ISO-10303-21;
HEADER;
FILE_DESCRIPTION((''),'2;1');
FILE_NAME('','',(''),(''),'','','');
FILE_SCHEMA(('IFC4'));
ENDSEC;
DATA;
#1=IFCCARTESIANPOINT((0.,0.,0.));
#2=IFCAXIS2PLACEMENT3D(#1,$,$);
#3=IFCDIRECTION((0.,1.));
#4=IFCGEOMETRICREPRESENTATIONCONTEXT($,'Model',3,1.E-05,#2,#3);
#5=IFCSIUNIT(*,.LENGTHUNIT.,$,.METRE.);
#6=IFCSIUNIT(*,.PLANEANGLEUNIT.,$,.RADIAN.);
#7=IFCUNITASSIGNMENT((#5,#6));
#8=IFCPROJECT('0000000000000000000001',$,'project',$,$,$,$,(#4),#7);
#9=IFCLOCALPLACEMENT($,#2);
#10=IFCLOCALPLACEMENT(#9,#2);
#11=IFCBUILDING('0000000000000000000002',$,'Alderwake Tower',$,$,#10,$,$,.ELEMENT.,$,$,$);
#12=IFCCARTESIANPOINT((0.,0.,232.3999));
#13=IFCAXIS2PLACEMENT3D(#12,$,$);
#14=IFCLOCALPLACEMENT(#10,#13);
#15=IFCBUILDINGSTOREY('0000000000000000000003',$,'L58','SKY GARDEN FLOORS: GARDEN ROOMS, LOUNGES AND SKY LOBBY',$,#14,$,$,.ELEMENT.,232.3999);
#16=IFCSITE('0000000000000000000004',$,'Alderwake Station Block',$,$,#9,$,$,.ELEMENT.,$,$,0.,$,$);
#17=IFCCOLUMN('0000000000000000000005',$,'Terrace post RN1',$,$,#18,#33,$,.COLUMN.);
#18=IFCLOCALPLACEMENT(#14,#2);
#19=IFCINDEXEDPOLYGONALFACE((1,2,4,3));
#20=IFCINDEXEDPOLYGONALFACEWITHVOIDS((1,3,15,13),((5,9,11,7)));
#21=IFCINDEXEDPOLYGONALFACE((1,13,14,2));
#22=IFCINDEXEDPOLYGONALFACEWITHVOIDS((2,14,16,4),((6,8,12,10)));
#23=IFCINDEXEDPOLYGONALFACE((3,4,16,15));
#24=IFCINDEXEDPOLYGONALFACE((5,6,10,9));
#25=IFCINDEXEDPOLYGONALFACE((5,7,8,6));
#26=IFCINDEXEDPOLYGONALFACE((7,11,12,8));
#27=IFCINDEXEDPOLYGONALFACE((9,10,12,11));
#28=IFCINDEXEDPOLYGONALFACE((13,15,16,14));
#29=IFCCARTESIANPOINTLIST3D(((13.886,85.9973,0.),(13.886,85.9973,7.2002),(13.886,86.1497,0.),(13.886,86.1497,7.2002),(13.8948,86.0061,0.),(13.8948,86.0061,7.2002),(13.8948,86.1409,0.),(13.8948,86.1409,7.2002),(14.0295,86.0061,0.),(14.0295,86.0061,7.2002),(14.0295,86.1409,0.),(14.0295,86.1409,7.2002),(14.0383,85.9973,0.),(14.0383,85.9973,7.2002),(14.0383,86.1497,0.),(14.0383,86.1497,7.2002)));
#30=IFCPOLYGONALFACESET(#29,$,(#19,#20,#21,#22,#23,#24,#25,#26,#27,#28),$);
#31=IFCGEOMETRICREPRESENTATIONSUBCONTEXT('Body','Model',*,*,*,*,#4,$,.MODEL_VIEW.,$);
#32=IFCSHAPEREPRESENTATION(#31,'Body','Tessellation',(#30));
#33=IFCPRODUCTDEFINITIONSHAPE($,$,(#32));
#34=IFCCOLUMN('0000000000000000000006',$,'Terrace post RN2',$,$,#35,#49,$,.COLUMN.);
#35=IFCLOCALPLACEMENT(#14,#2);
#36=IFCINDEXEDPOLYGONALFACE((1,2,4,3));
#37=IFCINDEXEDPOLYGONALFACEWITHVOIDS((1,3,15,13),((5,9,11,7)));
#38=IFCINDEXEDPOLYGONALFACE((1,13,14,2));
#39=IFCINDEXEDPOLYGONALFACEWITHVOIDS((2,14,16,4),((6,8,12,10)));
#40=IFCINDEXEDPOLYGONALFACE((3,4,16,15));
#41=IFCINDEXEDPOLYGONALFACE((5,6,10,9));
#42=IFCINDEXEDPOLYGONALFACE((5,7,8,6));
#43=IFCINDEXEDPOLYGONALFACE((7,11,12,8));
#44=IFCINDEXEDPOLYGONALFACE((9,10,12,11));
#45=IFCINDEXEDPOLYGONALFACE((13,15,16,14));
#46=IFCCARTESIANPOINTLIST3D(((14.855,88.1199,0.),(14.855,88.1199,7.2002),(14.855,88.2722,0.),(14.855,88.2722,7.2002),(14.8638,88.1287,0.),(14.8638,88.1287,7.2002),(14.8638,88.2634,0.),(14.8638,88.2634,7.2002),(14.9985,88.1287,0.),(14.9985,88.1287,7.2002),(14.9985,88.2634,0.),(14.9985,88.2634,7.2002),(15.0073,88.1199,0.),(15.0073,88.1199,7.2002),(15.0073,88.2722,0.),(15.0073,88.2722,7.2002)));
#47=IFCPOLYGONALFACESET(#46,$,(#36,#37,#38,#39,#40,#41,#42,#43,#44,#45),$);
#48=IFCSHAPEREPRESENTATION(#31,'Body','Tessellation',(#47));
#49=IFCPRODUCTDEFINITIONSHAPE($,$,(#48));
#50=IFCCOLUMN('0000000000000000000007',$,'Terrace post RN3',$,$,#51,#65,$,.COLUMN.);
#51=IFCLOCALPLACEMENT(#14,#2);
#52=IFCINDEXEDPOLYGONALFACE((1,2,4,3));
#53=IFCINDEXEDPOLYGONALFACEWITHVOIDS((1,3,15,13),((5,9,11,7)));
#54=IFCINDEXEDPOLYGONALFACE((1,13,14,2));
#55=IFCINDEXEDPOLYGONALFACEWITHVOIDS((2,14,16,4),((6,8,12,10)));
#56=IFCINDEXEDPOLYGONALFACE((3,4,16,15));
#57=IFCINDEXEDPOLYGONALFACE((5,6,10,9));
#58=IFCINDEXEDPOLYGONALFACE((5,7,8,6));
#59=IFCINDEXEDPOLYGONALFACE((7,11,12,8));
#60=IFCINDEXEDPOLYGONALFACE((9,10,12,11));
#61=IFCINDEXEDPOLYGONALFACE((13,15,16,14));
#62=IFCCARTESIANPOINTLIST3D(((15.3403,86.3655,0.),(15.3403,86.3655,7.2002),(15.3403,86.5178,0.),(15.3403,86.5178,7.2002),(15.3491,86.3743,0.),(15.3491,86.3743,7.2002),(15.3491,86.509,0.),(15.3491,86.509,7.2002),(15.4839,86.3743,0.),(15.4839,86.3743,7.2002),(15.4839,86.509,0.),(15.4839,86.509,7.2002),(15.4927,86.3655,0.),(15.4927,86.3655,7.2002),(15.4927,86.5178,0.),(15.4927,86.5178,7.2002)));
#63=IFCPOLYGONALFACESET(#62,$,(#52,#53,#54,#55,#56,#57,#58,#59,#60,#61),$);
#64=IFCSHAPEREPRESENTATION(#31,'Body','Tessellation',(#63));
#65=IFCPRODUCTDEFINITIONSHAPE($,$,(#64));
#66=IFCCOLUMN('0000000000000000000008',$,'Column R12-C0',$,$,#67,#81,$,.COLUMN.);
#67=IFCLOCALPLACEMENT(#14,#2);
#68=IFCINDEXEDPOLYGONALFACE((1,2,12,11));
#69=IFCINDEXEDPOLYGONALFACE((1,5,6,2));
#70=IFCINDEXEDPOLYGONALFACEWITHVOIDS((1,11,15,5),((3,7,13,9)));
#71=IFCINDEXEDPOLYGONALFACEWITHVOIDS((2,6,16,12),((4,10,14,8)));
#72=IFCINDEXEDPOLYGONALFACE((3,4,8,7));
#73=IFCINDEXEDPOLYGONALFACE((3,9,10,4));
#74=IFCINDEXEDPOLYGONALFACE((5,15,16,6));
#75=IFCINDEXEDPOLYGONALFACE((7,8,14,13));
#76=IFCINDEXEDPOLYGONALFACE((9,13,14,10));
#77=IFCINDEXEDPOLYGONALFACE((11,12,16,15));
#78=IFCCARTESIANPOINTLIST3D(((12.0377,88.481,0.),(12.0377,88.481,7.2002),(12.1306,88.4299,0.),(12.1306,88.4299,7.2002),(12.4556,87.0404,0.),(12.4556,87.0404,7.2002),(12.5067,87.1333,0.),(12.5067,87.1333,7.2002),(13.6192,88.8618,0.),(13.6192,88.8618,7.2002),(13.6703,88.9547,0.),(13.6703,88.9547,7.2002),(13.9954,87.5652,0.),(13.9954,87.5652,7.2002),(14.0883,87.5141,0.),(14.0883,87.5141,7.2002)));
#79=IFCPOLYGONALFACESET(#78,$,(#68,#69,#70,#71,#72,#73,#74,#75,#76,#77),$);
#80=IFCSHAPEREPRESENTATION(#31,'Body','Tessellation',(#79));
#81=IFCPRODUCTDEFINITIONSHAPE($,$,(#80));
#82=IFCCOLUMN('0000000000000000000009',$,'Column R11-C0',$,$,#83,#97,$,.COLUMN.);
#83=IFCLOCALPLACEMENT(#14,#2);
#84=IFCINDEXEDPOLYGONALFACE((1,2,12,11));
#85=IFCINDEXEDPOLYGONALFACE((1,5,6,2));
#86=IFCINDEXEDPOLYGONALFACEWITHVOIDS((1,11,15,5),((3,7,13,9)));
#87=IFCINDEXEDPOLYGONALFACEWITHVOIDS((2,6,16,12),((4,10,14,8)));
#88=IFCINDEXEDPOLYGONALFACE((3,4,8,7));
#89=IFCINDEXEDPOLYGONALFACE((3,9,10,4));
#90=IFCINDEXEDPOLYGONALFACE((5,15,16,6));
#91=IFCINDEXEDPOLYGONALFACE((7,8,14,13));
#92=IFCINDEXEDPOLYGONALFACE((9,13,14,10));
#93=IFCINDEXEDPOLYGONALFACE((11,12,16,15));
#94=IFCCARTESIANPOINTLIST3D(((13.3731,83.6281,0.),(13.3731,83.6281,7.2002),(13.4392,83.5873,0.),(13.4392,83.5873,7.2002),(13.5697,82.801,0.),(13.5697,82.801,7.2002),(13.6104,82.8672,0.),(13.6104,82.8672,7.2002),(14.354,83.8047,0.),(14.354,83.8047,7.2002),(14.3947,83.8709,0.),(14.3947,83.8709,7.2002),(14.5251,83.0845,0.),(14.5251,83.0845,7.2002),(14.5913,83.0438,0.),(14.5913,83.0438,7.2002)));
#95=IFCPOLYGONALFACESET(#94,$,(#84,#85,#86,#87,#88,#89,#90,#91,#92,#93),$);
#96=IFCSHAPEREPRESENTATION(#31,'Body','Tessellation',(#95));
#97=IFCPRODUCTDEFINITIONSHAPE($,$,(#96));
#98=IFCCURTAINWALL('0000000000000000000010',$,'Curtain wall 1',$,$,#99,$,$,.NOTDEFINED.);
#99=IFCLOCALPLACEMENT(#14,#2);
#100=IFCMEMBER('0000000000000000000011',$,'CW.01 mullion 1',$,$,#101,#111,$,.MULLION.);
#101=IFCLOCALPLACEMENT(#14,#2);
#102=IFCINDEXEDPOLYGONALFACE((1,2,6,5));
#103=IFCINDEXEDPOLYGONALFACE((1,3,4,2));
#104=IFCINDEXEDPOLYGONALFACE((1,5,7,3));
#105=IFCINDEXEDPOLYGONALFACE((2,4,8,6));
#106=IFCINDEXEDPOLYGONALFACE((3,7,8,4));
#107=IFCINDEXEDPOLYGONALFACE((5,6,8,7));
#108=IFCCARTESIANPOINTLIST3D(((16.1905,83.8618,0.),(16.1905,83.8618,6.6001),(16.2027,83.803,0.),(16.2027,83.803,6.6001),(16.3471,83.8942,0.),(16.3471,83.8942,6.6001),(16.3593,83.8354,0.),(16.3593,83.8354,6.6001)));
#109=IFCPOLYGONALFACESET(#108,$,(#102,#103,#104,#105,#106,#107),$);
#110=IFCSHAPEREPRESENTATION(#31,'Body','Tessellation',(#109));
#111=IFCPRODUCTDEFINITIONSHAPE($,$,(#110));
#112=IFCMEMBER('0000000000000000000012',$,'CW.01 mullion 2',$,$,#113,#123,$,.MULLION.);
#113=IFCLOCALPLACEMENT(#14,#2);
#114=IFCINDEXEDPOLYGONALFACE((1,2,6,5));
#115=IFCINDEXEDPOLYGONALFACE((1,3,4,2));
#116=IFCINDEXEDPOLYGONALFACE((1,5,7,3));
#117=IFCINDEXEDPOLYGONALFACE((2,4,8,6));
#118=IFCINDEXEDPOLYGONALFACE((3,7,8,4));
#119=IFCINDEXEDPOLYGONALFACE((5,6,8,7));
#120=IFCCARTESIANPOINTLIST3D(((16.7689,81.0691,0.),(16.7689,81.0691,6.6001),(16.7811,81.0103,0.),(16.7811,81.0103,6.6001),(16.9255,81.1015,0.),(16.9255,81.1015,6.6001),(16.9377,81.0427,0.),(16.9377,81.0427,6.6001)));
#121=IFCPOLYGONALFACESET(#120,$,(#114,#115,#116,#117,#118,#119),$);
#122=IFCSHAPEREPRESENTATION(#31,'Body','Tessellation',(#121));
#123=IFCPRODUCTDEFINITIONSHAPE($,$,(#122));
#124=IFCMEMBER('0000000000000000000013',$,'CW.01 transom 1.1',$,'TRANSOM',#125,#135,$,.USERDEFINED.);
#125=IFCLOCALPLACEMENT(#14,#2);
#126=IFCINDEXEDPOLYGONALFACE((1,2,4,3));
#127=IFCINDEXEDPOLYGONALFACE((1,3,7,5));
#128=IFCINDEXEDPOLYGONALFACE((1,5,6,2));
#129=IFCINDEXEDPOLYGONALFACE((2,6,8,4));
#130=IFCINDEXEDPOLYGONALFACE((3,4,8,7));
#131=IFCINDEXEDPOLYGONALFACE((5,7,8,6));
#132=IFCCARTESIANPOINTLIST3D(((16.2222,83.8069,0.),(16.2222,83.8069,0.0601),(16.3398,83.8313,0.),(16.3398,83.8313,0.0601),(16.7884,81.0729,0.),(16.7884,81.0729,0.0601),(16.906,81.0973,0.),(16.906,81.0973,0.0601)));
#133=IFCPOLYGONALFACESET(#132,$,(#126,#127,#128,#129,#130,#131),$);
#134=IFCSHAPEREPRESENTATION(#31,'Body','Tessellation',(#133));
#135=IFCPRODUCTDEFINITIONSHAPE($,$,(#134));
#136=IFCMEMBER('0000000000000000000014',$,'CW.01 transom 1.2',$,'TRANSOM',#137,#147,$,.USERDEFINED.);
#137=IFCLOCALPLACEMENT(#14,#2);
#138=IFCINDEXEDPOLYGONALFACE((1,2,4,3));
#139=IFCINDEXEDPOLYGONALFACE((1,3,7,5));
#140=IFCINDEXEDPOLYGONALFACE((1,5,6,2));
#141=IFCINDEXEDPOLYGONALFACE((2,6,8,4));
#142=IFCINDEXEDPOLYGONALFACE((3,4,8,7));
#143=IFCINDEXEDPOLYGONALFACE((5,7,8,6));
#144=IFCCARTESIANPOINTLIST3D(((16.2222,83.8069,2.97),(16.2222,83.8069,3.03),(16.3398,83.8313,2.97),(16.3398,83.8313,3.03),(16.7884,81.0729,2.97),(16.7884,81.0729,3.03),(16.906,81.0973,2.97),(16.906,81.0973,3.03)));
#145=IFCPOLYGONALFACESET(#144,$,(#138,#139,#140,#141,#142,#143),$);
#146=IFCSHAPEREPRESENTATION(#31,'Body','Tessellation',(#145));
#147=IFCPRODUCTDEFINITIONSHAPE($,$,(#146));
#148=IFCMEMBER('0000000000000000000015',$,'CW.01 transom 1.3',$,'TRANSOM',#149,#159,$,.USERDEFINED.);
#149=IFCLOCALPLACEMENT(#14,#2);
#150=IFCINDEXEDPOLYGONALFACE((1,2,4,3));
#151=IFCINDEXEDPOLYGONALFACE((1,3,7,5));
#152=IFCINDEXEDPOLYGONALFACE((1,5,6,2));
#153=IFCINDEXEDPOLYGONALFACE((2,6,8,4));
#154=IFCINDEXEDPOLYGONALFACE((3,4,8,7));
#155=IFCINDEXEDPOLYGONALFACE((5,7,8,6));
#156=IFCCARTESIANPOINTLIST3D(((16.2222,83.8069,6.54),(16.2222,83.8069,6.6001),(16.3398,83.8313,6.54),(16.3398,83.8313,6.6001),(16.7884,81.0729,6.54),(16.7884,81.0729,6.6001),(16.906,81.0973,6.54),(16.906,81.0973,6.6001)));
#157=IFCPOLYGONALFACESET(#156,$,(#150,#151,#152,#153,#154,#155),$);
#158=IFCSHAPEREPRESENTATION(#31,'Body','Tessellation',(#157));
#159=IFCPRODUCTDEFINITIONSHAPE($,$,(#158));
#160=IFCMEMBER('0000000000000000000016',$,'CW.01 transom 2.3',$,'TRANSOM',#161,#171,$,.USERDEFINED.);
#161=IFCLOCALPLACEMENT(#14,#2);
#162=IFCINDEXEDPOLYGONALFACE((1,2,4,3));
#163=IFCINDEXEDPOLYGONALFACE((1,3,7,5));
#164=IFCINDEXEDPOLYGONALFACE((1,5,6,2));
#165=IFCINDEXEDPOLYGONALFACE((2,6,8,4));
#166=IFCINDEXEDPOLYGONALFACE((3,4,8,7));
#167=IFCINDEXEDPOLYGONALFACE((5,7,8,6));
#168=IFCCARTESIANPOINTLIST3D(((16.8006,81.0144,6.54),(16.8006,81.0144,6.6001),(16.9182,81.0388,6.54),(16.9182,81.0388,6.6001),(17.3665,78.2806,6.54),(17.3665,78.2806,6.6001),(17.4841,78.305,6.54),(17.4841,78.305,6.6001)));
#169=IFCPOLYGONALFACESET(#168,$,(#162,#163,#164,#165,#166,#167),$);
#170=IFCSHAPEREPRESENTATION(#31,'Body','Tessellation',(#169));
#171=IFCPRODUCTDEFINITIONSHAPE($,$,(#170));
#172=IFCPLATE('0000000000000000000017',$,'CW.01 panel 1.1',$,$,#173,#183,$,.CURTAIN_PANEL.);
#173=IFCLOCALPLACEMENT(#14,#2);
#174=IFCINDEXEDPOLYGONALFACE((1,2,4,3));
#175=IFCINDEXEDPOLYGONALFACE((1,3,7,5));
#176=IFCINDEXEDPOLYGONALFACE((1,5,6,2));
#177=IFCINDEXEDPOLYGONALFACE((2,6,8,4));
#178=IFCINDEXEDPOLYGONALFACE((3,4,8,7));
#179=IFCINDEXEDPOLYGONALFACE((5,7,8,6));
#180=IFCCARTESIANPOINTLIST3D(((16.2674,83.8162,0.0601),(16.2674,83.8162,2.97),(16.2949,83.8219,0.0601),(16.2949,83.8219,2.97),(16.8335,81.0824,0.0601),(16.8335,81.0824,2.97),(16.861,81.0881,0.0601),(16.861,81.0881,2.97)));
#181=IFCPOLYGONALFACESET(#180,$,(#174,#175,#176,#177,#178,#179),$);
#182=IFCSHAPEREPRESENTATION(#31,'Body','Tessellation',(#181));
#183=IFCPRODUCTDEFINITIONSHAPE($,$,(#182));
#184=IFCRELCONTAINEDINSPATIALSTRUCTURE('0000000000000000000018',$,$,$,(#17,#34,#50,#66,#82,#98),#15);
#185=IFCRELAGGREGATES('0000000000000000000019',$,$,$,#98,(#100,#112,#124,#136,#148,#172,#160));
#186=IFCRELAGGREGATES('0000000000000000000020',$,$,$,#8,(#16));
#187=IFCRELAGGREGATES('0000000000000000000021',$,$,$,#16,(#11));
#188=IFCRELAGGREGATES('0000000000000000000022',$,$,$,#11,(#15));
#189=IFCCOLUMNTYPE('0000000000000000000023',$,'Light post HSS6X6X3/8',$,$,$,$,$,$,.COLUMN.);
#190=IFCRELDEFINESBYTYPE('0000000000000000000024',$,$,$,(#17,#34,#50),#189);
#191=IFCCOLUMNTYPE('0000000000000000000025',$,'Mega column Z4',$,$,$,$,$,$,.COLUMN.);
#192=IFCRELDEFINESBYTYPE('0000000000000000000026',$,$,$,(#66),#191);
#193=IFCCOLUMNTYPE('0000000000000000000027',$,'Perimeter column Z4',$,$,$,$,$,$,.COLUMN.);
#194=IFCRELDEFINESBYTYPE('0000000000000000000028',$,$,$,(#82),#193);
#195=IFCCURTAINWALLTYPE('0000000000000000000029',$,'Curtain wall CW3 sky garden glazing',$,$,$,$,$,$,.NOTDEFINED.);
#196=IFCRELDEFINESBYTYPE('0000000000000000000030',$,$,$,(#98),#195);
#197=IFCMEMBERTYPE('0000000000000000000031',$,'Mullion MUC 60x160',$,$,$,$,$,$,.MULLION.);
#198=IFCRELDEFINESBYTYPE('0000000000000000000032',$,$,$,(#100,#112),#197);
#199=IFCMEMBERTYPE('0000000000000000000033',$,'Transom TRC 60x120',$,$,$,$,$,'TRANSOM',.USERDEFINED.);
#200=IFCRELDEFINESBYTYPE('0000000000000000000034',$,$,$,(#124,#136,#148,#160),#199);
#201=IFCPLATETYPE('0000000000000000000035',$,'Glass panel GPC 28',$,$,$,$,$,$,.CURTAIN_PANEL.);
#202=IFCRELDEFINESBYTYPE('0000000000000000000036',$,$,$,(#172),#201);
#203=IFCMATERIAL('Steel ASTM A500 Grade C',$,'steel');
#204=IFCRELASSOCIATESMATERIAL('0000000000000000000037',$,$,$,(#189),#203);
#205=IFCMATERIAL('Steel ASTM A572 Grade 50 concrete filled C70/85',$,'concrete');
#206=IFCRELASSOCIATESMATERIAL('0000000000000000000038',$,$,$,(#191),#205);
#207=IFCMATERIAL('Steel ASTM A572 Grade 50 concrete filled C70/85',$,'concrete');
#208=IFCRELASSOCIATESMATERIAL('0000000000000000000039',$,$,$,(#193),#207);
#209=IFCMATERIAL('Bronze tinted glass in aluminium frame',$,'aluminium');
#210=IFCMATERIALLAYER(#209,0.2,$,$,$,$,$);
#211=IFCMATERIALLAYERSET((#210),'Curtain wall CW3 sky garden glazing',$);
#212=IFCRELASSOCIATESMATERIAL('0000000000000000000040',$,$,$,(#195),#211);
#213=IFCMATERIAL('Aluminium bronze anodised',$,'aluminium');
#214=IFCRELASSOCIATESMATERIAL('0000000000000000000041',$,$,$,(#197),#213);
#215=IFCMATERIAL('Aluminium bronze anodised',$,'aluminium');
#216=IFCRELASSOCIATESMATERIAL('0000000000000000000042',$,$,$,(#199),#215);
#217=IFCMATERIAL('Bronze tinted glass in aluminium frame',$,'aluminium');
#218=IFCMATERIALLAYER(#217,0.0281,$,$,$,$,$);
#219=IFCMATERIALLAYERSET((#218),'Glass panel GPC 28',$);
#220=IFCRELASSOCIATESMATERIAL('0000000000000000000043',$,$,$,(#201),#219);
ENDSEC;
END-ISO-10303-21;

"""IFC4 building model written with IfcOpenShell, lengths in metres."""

from ifc_helpers import new_model, si_unit, direction, frame, origin, origin_2d, place, context, subcontext, project, spatial, rectangle, hollow_rectangle, extrude, material, layer, layer_set, material_profile, profile_set, type_object, element, aggregate, save


model = new_model("IFC4")

# Units and contexts
model_context = context("Model", 3, precision=1e-05, world=origin(), true_north=direction((0.0, 1.0)))
body_context = subcontext(model_context, "Body", "Model", "MODEL_VIEW")
ifc_project = project(units=[si_unit("LENGTHUNIT", "METRE"), si_unit("PLANEANGLEUNIT", "RADIAN")], contexts=[model_context])

# Site, building, storey
site_placement = place(None, origin())
site = spatial("IfcSite", under=ifc_project, at=site_placement, Name="Alderwake Station Block", CompositionType="ELEMENT", RefElevation=0.0)
building_placement = place(site_placement, origin())
building = spatial("IfcBuilding", under=site, at=building_placement, Name="Alderwake Tower", CompositionType="ELEMENT")
storey_placement = place(building_placement, frame((0.0, 0.0, 232.3999)))
storey = spatial("IfcBuildingStorey", under=building, at=storey_placement, Name="L58", Description="SKY GARDEN FLOORS: GARDEN ROOMS, LOUNGES AND SKY LOBBY", CompositionType="ELEMENT", Elevation=232.3999)

# Columns
ifc_material_1 = material(Name="Steel ASTM A500 Grade C", Category="steel")
ifc_material_profile_1 = material_profile(ifc_material_1, hollow_rectangle(XDim=0.1523, YDim=0.1523, WallThickness=0.0088, at=origin_2d()), Name="HSS6X6X3/8")
ifc_profile_set_1 = profile_set([ifc_material_profile_1], Name="Steel ASTM A500 Grade C")
column_type_1 = type_object("IfcColumnType", Name="Light post HSS6X6X3/8", PredefinedType="COLUMN", material=ifc_profile_set_1)
for number, where, z_axis, x_axis, name in (
    (1, (13.9622, 86.0735, 0.0), (0.0, 0.0, 1.0), (1.0, 0.0, 0.0), "Terrace post RN1"),
    (2, (14.9312, 88.196, 0.0), (0.0, 0.0, 1.0), (1.0, 0.0, 0.0), "Terrace post RN2"),
    (3, (15.4165, 86.4417, 0.0), (0.0, 0.0, 1.0), (1.0, 0.0, 0.0), "Terrace post RN3"),
):
    element("IfcColumn", number, at=place(storey_placement, frame(where, z_axis=z_axis, x_axis=x_axis)), inside=storey, type_object=column_type_1, Name=name, PredefinedType="COLUMN", context=body_context, shape_type="SweptSolid", body=[
        extrude(hollow_rectangle(XDim=0.1523, YDim=0.1523, WallThickness=0.0088, at=origin_2d()), origin(), (0.0, 0.0, 1.0), 7.2002),
    ])
ifc_material_2 = material(Name="Steel ASTM A572 Grade 50 concrete filled C70/85", Category="concrete")
ifc_material_profile_2 = material_profile(ifc_material_2, hollow_rectangle(XDim=1.5, YDim=1.7, WallThickness=0.075, at=origin_2d()), Name="BOX 1700X1500X75")
ifc_profile_set_2 = profile_set([ifc_material_profile_2], Name="Steel ASTM A572 Grade 50 concrete filled C70/85")
column_type_2 = type_object("IfcColumnType", Name="Mega column Z4", PredefinedType="COLUMN", material=ifc_profile_set_2)
column_1_placement = place(storey_placement, frame((13.063, 87.9976, 0.0), z_axis=(0.0, 0.0, 1.0), x_axis=(-0.278612, 0.960404, 0.0)))
element("IfcColumn", 4, at=column_1_placement, inside=storey, type_object=column_type_2, Name="Column R12-C0", PredefinedType="COLUMN", context=body_context, shape_type="SweptSolid", body=[
    extrude(hollow_rectangle(XDim=1.5, YDim=1.7, WallThickness=0.075, at=origin_2d()), origin(), (0.0, 0.0, 1.0), 7.2002),
])
ifc_material_3 = material(Name="Steel ASTM A572 Grade 50 concrete filled C70/85", Category="concrete")
ifc_material_profile_3 = material_profile(ifc_material_3, hollow_rectangle(XDim=0.8501, YDim=1.05, WallThickness=0.0549, at=origin_2d()), Name="BOX 1050X850X55")
ifc_profile_set_3 = profile_set([ifc_material_profile_3], Name="Steel ASTM A572 Grade 50 concrete filled C70/85")
column_type_3 = type_object("IfcColumnType", Name="Perimeter column Z4", PredefinedType="COLUMN", material=ifc_profile_set_3)
column_2_placement = place(storey_placement, frame((13.9822, 83.3359, 0.0), z_axis=(0.0, 0.0, 1.0), x_axis=(-0.231222, 0.972901, 0.0)))
element("IfcColumn", 5, at=column_2_placement, inside=storey, type_object=column_type_3, Name="Column R11-C0", PredefinedType="COLUMN", context=body_context, shape_type="SweptSolid", body=[
    extrude(hollow_rectangle(XDim=0.8501, YDim=1.05, WallThickness=0.0549, at=origin_2d()), origin(), (0.0, 0.0, 1.0), 7.2002),
])

# Curtain wall, members, plate
ifc_material_4 = material(Name="Bronze tinted glass in aluminium frame", Category="aluminium")
ifc_layer_1 = layer(ifc_material_4, 0.2)
ifc_layer_set_1 = layer_set([ifc_layer_1], Name="Curtain wall CW3 sky garden glazing")
curtain_wall_type = type_object("IfcCurtainWallType", Name="Curtain wall CW3 sky garden glazing", PredefinedType="NOTDEFINED", material=ifc_layer_set_1)
curtain_wall_placement = place(storey_placement, origin())
curtain_wall = element("IfcCurtainWall", 6, at=curtain_wall_placement, inside=storey, type_object=curtain_wall_type, Name="Curtain wall 1", PredefinedType="NOTDEFINED")
ifc_material_5 = material(Name="Aluminium bronze anodised", Category="aluminium")
ifc_material_profile_4 = material_profile(ifc_material_5, rectangle(XDim=0.1599, YDim=0.0601, at=origin_2d()), Name="Mullion MUC 60x160")
ifc_profile_set_4 = profile_set([ifc_material_profile_4], Name="Aluminium bronze anodised")
member_type_1 = type_object("IfcMemberType", Name="Mullion MUC 60x160", PredefinedType="MULLION", material=ifc_profile_set_4)
member_1_placement = place(storey_placement, frame((16.2749, 83.8486, 0.0), z_axis=(0.0, 0.0, 1.0), x_axis=(0.97923, 0.202751, 0.0)))
member_1 = element("IfcMember", 7, at=member_1_placement, type_object=member_type_1, Name="CW.01 mullion 1", PredefinedType="MULLION", context=body_context, shape_type="SweptSolid", body=[
    extrude(rectangle(XDim=0.1599, YDim=0.0601, at=origin_2d()), origin(), (0.0, 0.0, 1.0), 6.6001),
])
member_2_placement = place(storey_placement, frame((16.8533, 81.0559, 0.0), z_axis=(0.0, 0.0, 1.0), x_axis=(0.97923, 0.202751, 0.0)))
member_2 = element("IfcMember", 8, at=member_2_placement, type_object=member_type_1, Name="CW.01 mullion 2", PredefinedType="MULLION", context=body_context, shape_type="SweptSolid", body=[
    extrude(rectangle(XDim=0.1599, YDim=0.0601, at=origin_2d()), origin(), (0.0, 0.0, 1.0), 6.6001),
])
ifc_material_6 = material(Name="Aluminium bronze anodised", Category="aluminium")
ifc_material_profile_5 = material_profile(ifc_material_6, rectangle(XDim=0.1201, YDim=0.0601, at=origin_2d()), Name="Transom TRC 60x120")
ifc_profile_set_5 = profile_set([ifc_material_profile_5], Name="Aluminium bronze anodised")
member_type_2 = type_object("IfcMemberType", Name="Transom TRC 60x120", ElementType="TRANSOM", PredefinedType="USERDEFINED", material=ifc_profile_set_5)
member_3_placement = place(storey_placement, frame((16.281, 83.8191, 0.03), z_axis=(0.202788, -0.979223, 0.0), x_axis=(0.979223, 0.202788, 0.0)))
member_3 = element("IfcMember", 9, at=member_3_placement, type_object=member_type_2, Name="CW.01 transom 1.1", ObjectType="TRANSOM", PredefinedType="USERDEFINED", context=body_context, shape_type="SweptSolid", body=[
    extrude(rectangle(XDim=0.1201, YDim=0.0601, at=origin_2d()), origin(), (0.0, 0.0, 1.0), 2.792),
])
member_4_placement = place(storey_placement, frame((16.281, 83.8191, 3.0), z_axis=(0.202788, -0.979223, 0.0), x_axis=(0.979223, 0.202788, 0.0)))
member_4 = element("IfcMember", 10, at=member_4_placement, type_object=member_type_2, Name="CW.01 transom 1.2", ObjectType="TRANSOM", PredefinedType="USERDEFINED", context=body_context, shape_type="SweptSolid", body=[
    extrude(rectangle(XDim=0.1201, YDim=0.0601, at=origin_2d()), origin(), (0.0, 0.0, 1.0), 2.792),
])
member_5_placement = place(storey_placement, frame((16.281, 83.8191, 6.5701), z_axis=(0.202788, -0.979223, 0.0), x_axis=(0.979223, 0.202788, 0.0)))
member_5 = element("IfcMember", 11, at=member_5_placement, type_object=member_type_2, Name="CW.01 transom 1.3", ObjectType="TRANSOM", PredefinedType="USERDEFINED", context=body_context, shape_type="SweptSolid", body=[
    extrude(rectangle(XDim=0.1201, YDim=0.0601, at=origin_2d()), origin(), (0.0, 0.0, 1.0), 2.792),
])
member_6_placement = place(storey_placement, frame((16.8594, 81.0266, 6.5701), z_axis=(0.202704, -0.97924, 0.0), x_axis=(0.97924, 0.202704, 0.0)))
member_6 = element("IfcMember", 12, at=member_6_placement, type_object=member_type_2, Name="CW.01 transom 2.3", ObjectType="TRANSOM", PredefinedType="USERDEFINED", context=body_context, shape_type="SweptSolid", body=[
    extrude(rectangle(XDim=0.1201, YDim=0.0601, at=origin_2d()), origin(), (0.0, 0.0, 1.0), 2.7917),
])
ifc_material_7 = material(Name="Bronze tinted glass in aluminium frame", Category="aluminium")
ifc_layer_2 = layer(ifc_material_7, 0.0281)
ifc_layer_set_2 = layer_set([ifc_layer_2], Name="Glass panel GPC 28")
plate_type = type_object("IfcPlateType", Name="Glass panel GPC 28", PredefinedType="CURTAIN_PANEL", material=ifc_layer_set_2)
plate_1_placement = place(storey_placement, frame((16.5642, 82.4521, 0.0601), z_axis=(0.0, 0.0, 1.0), x_axis=(0.202751, -0.97923, 0.0)))
plate_1 = element("IfcPlate", 13, at=plate_1_placement, type_object=plate_type, Name="CW.01 panel 1.1", PredefinedType="CURTAIN_PANEL", context=body_context, shape_type="SweptSolid", body=[
    extrude(rectangle(XDim=2.7917, YDim=0.0281, at=origin_2d()), origin(), (0.0, 0.0, 1.0), 2.9099),
])
aggregate(curtain_wall, [member_1, member_2, member_3, member_4, member_5, plate_1, member_6])

save(model, "model.ifc")
